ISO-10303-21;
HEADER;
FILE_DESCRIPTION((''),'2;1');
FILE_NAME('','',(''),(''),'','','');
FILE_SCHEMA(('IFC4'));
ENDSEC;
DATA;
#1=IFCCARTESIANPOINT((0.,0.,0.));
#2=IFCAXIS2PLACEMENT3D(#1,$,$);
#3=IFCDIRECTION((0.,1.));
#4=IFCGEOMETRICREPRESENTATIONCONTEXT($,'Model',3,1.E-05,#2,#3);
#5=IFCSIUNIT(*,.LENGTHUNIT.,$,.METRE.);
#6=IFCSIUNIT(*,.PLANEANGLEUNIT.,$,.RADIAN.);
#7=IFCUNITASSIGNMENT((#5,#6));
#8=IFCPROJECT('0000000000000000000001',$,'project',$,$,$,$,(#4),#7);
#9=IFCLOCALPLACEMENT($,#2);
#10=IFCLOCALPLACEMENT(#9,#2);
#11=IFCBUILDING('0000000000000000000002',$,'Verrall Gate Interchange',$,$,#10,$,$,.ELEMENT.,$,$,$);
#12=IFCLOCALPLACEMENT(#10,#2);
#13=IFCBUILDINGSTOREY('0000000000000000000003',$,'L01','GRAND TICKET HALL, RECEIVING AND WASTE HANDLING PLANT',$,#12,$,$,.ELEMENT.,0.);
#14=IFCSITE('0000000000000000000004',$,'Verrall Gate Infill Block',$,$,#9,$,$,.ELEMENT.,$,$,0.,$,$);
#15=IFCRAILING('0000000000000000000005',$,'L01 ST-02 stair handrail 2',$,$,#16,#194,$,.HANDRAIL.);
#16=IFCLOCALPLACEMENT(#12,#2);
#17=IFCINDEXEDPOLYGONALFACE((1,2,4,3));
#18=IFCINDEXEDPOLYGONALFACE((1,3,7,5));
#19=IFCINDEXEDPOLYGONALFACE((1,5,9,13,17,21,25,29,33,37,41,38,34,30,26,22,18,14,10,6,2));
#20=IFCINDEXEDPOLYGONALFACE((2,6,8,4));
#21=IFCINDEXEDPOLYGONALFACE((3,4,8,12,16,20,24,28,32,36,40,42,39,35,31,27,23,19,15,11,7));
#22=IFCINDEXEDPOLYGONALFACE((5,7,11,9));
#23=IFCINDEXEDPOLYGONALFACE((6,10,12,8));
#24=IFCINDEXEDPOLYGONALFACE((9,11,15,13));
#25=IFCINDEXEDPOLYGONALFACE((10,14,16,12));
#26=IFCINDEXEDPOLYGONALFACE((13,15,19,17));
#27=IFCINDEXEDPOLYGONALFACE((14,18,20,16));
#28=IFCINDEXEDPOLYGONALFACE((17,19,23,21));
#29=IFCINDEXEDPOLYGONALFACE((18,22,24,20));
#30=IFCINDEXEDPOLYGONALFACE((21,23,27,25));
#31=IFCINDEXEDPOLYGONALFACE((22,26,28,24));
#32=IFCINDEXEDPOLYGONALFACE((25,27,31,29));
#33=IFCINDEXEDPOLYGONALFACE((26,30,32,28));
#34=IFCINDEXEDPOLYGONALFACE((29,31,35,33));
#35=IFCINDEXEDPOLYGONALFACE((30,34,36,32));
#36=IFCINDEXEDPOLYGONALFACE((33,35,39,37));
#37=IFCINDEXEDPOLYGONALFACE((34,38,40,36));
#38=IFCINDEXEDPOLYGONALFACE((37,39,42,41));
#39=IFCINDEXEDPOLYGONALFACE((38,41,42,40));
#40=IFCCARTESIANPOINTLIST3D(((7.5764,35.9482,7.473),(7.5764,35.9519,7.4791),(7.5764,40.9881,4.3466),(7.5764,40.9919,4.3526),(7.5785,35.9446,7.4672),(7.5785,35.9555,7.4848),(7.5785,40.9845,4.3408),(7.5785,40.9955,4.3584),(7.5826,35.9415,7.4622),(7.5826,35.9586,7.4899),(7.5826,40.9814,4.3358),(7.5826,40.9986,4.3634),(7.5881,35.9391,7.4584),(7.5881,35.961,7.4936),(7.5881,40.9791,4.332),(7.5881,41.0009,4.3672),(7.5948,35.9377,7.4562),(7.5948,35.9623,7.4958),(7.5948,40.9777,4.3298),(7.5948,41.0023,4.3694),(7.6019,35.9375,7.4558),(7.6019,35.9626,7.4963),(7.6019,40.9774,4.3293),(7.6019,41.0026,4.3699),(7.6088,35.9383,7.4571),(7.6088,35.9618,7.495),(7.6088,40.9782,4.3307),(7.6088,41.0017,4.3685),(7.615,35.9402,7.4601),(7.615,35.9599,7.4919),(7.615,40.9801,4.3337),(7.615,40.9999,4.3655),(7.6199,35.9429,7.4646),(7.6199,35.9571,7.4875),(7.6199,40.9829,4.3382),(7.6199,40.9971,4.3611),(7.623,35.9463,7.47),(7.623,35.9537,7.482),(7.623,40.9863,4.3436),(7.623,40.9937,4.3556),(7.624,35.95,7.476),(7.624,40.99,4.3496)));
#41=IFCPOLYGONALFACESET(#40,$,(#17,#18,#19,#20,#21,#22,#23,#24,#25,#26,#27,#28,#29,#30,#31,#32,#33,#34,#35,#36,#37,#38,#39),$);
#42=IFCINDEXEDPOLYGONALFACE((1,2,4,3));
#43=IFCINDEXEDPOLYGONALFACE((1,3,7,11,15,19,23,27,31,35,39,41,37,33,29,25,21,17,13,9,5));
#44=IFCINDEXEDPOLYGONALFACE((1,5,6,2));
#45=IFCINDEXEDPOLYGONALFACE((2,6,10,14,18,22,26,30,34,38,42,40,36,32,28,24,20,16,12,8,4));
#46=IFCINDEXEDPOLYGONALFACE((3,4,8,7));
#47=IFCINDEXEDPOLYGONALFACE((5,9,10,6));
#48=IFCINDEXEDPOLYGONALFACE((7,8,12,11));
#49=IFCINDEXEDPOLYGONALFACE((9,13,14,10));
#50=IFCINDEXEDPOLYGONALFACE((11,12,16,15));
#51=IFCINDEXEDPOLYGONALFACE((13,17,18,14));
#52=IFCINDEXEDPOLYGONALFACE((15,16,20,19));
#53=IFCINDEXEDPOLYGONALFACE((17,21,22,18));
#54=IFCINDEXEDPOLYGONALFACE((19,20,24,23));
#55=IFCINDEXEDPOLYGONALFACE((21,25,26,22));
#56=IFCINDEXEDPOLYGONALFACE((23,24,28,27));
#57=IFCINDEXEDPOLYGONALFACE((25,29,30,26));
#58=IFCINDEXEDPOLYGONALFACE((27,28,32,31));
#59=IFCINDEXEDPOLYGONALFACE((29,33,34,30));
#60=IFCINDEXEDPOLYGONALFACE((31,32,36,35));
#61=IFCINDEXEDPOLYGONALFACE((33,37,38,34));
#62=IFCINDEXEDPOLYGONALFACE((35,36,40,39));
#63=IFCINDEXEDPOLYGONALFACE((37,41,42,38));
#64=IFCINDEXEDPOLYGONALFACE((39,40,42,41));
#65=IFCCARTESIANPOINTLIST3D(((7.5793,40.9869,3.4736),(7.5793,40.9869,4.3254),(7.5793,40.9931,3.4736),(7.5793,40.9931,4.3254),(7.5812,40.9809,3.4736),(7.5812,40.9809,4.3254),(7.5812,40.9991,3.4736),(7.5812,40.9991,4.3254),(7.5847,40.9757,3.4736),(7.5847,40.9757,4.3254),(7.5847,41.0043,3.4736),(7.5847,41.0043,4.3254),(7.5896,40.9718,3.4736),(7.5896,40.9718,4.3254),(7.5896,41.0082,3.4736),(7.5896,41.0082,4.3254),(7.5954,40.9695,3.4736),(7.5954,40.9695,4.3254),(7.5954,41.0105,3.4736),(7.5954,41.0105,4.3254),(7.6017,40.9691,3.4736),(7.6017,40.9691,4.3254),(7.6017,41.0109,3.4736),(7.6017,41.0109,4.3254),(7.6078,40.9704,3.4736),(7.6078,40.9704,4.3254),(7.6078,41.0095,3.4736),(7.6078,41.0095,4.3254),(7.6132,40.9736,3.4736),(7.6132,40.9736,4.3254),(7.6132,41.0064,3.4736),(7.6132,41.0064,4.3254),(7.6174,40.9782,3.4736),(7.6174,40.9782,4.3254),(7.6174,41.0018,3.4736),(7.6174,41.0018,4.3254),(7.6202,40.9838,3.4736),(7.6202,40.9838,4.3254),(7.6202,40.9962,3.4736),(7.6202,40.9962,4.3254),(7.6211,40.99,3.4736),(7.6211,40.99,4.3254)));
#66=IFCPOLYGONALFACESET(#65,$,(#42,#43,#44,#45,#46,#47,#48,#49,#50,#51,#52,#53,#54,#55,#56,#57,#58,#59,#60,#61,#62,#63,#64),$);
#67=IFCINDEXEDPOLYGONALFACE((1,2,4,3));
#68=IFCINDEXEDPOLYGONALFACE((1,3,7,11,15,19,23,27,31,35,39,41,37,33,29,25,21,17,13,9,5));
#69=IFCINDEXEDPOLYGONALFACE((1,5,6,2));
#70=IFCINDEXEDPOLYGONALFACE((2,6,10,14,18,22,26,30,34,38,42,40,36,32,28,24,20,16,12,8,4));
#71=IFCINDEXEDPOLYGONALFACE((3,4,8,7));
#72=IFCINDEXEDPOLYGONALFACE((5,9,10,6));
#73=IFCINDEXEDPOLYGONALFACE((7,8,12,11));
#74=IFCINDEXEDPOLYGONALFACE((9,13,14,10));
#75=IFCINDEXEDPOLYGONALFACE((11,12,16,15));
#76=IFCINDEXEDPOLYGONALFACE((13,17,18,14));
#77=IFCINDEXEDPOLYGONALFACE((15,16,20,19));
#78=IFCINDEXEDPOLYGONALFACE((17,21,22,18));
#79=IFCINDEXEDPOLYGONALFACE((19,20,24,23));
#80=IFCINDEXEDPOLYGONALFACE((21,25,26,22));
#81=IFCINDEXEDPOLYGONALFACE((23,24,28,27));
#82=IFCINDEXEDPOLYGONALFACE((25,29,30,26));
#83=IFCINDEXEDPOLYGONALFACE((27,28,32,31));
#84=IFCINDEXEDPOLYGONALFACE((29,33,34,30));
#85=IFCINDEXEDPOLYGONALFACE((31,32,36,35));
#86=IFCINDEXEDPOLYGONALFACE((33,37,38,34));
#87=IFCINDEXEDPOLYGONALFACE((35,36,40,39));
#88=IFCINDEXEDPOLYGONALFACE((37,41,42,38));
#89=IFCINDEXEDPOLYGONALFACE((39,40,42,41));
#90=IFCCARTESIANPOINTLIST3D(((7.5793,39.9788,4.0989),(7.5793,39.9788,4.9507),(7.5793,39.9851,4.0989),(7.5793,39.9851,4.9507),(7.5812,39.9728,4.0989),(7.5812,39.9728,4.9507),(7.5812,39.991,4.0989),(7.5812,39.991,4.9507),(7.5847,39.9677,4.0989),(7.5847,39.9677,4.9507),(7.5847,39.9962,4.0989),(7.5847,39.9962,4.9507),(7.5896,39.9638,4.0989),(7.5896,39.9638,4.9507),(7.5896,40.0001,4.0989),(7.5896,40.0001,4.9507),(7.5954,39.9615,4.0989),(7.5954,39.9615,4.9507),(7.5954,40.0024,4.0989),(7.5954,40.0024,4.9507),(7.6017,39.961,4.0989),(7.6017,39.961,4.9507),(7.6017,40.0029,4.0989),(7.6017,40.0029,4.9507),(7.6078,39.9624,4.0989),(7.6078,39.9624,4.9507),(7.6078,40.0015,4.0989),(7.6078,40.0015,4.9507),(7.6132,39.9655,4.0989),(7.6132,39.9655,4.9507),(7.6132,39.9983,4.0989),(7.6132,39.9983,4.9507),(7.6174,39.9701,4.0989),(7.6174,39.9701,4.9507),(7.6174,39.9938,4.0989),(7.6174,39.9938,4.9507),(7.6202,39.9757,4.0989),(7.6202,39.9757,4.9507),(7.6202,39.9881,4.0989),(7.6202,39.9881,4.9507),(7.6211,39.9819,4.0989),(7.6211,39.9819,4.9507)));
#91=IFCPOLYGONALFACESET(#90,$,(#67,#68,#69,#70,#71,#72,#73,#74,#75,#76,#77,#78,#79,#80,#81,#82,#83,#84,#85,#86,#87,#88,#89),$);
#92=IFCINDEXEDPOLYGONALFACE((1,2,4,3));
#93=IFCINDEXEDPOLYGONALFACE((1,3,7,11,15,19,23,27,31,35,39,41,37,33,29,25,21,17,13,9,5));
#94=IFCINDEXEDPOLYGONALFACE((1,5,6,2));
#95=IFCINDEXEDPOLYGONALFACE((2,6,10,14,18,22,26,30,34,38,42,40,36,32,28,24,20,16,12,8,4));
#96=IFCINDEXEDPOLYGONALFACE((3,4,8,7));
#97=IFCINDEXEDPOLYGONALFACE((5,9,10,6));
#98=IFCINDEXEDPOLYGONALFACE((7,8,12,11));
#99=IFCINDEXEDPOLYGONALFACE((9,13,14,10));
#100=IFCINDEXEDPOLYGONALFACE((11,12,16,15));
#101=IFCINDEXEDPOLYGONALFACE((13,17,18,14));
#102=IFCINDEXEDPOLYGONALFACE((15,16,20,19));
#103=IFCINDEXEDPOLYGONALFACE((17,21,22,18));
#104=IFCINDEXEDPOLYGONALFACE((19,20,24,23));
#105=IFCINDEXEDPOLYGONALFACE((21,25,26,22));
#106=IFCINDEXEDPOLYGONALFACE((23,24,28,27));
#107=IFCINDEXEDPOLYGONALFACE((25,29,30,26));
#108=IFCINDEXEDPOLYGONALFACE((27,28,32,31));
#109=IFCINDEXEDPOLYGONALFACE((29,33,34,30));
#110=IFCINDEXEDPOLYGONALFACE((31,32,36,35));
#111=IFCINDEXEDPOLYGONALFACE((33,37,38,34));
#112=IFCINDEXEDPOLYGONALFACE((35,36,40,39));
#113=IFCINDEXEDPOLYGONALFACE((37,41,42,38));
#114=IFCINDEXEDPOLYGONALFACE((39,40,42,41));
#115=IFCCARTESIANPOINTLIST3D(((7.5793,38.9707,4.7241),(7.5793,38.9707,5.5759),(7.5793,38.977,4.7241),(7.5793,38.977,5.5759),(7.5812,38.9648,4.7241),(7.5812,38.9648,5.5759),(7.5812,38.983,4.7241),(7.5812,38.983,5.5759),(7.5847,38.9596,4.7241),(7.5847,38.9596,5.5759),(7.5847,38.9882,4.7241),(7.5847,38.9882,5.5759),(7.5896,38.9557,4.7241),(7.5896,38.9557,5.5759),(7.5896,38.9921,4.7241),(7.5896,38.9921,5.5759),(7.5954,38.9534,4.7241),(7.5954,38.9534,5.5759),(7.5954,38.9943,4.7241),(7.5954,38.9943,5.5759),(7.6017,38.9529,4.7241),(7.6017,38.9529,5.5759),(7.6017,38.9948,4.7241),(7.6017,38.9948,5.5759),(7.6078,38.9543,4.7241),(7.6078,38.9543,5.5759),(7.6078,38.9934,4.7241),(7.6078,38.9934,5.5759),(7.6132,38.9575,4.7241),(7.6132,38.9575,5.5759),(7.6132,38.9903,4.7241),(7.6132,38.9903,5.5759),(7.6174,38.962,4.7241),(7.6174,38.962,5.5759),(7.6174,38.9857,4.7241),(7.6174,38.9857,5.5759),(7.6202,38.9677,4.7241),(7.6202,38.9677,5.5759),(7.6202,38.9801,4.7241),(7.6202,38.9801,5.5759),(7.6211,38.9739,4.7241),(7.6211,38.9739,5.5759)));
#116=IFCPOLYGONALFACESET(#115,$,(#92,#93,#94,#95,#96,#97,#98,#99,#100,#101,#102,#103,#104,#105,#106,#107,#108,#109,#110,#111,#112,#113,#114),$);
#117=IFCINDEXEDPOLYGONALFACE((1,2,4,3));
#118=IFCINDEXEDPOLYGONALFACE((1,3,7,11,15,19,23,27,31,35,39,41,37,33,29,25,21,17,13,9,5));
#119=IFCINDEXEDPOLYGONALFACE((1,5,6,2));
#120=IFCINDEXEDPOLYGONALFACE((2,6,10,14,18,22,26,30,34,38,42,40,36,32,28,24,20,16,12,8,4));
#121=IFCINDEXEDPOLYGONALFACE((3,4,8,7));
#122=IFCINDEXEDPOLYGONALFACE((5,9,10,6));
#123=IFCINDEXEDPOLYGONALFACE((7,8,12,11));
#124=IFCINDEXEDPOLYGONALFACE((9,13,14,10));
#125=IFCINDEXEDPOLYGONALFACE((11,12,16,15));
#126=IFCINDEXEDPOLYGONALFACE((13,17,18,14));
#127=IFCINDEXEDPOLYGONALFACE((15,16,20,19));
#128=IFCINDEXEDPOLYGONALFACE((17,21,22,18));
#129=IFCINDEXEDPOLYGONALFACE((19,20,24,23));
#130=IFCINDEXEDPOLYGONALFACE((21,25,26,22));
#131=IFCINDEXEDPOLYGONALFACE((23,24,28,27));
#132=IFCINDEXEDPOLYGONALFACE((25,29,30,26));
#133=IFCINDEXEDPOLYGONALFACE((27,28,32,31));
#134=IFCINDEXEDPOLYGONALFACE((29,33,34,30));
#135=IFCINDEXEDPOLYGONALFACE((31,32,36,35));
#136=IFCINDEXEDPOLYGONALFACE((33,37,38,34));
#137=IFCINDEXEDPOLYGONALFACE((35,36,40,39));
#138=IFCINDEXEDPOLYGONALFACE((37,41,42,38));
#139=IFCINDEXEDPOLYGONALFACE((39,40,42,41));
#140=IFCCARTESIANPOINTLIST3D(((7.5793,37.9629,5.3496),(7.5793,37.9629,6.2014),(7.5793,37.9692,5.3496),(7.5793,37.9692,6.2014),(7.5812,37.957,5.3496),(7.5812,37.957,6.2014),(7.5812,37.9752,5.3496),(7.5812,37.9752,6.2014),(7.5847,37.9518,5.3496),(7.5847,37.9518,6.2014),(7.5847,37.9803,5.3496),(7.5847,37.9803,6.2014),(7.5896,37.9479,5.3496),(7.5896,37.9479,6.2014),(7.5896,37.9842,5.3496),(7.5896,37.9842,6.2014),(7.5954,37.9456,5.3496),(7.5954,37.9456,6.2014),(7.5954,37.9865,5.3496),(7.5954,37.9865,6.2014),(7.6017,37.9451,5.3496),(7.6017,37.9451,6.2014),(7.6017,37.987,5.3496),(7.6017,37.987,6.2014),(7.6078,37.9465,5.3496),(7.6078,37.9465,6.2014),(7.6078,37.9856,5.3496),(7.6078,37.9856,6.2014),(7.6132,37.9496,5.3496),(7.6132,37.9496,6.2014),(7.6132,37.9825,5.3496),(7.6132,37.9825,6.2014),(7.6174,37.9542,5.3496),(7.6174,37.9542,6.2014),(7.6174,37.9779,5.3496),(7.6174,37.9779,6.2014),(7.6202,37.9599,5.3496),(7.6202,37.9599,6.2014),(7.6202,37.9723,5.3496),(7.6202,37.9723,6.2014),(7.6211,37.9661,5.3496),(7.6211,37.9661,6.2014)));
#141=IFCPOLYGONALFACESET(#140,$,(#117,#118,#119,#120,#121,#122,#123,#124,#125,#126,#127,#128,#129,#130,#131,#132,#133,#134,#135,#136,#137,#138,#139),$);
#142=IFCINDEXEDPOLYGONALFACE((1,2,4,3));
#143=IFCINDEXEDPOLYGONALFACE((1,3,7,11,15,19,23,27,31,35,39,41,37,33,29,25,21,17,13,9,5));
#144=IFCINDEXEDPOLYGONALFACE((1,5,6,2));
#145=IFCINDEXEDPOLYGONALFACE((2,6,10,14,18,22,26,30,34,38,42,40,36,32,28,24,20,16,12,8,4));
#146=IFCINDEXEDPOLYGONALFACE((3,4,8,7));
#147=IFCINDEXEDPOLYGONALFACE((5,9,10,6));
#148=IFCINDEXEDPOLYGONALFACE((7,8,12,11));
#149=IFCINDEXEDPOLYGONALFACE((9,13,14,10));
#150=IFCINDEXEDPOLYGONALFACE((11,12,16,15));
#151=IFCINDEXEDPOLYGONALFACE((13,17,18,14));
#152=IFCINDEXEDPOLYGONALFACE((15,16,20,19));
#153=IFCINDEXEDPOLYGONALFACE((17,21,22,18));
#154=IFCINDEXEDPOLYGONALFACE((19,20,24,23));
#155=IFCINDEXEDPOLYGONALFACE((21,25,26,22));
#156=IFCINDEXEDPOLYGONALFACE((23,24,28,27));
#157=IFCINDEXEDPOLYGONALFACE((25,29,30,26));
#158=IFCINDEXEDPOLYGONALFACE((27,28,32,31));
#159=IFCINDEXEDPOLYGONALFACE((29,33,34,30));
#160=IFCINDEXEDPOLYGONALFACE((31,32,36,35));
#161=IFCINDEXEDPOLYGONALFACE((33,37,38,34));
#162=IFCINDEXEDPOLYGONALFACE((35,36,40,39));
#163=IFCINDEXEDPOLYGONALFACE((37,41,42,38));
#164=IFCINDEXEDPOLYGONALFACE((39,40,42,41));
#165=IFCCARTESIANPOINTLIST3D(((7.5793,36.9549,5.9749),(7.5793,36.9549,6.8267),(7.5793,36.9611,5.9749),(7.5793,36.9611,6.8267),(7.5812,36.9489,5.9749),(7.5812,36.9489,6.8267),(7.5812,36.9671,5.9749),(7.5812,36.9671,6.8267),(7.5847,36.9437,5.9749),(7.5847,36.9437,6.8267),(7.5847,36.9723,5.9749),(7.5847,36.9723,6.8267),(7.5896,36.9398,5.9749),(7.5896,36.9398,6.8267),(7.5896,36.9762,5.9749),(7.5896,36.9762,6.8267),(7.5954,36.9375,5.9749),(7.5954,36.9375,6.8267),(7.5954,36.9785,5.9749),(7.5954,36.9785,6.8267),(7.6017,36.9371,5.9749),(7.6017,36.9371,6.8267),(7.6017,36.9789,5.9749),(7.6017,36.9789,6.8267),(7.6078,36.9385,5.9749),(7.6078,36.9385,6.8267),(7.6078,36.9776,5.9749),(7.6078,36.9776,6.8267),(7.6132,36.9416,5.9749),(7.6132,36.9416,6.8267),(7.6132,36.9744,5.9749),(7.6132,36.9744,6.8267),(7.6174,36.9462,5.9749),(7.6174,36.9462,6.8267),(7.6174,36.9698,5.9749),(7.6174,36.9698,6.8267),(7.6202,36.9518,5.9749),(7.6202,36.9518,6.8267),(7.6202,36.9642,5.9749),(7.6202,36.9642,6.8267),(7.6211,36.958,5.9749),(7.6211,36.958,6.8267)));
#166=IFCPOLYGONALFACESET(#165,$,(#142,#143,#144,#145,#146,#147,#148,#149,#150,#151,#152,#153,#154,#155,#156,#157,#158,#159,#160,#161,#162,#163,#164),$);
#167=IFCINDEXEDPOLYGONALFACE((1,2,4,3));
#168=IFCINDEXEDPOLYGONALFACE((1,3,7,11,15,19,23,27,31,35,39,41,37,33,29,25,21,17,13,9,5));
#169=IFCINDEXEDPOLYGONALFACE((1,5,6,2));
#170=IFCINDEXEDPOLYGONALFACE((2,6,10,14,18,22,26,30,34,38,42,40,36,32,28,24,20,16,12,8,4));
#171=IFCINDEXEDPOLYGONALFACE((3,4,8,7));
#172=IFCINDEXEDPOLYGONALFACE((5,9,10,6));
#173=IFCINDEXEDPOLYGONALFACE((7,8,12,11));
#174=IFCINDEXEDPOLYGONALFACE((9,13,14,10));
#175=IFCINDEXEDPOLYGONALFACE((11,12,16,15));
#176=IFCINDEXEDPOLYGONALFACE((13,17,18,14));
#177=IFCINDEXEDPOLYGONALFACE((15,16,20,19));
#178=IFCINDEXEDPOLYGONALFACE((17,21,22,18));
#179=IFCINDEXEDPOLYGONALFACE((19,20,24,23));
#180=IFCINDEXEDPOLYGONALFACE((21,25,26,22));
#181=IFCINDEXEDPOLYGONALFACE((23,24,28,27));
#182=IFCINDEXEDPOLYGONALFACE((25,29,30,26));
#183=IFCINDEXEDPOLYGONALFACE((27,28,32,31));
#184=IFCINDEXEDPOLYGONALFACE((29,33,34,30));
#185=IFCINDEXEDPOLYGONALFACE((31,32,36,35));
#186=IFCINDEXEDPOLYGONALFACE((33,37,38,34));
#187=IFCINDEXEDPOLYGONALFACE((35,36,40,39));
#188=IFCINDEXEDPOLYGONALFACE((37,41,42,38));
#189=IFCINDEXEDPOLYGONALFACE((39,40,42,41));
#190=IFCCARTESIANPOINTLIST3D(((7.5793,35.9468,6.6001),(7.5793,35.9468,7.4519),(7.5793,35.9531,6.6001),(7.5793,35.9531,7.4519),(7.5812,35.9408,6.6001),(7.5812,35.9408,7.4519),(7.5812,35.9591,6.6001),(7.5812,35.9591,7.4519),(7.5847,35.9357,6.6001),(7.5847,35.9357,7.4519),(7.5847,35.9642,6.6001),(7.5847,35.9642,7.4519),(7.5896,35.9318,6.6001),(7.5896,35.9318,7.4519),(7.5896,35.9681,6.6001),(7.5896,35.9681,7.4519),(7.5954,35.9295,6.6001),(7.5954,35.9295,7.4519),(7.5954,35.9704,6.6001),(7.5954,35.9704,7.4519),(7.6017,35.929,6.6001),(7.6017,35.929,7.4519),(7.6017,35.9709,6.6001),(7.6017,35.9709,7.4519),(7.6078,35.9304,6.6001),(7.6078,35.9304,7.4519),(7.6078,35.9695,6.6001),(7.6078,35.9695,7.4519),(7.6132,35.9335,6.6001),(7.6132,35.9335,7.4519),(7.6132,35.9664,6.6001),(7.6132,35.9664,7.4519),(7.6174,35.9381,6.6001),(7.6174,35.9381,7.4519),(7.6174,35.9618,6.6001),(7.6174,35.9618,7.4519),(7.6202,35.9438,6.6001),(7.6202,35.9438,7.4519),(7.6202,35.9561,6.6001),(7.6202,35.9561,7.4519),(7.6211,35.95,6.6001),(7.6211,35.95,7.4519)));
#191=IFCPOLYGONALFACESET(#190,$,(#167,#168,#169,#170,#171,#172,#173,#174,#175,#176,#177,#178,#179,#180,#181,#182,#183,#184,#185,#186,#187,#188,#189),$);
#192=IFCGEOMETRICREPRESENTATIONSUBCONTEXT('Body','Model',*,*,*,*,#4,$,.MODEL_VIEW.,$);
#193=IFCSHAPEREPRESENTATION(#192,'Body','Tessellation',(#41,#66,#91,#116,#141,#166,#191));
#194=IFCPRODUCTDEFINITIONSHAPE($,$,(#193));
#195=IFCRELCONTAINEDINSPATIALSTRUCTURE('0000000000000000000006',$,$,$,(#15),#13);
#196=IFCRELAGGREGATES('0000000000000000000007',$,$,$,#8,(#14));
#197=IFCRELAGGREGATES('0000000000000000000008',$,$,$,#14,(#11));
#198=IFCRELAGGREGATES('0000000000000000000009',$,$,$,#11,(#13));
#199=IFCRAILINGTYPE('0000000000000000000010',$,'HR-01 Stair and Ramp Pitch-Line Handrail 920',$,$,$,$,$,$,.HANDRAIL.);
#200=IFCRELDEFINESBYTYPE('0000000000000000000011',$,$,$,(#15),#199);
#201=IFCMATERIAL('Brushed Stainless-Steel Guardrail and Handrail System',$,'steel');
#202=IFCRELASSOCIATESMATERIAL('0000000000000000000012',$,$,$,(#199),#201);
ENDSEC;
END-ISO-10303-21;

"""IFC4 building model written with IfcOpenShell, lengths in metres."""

from ifc_helpers import new_model, si_unit, direction, frame, origin, origin_2d, place, context, subcontext, project, spatial, circle, extrude, material, type_object, element, save


model = new_model("IFC4")

# Units and contexts
model_context = context("Model", 3, precision=1e-05, world=origin(), true_north=direction((0.0, 1.0)))
body_context = subcontext(model_context, "Body", "Model", "MODEL_VIEW")
ifc_project = project(units=[si_unit("LENGTHUNIT", "METRE"), si_unit("PLANEANGLEUNIT", "RADIAN")], contexts=[model_context])

# Site, building, storey
site_placement = place(None, origin())
site = spatial("IfcSite", under=ifc_project, at=site_placement, Name="Verrall Gate Infill Block", CompositionType="ELEMENT", RefElevation=0.0)
building_placement = place(site_placement, origin())
building = spatial("IfcBuilding", under=site, at=building_placement, Name="Verrall Gate Interchange", CompositionType="ELEMENT")
storey_placement = place(building_placement, origin())
storey = spatial("IfcBuildingStorey", under=building, at=storey_placement, Name="L01", Description="GRAND TICKET HALL, RECEIVING AND WASTE HANDLING PLANT", CompositionType="ELEMENT", Elevation=0.0)

# Railing
ifc_material_1 = material(Name="Brushed Stainless-Steel Guardrail and Handrail System", Category="steel")
railing_type_1 = type_object("IfcRailingType", Name="HR-01 Stair and Ramp Pitch-Line Handrail 920", PredefinedType="HANDRAIL", material=ifc_material_1)
railing_1_placement = place(storey_placement, frame((7.6001, 40.99, 3.4736)))
element("IfcRailing", 1, at=railing_1_placement, inside=storey, type_object=railing_type_1, Name="L01 ST-02 stair handrail 2", PredefinedType="HANDRAIL", context=body_context, shape_type="SweptSolid", body=[
    extrude(circle(Radius=0.0239, at=origin_2d()), frame((0.0, 0.0, 0.876), z_axis=(0.0, -0.849779, 0.527139), x_axis=(1.0, 0.0, 0.0)), (0.0, 0.0, 1.0), 5.9309),
    extrude(circle(Radius=0.021, at=origin_2d()), origin(), (0.0, 0.0, 1.0), 0.8518),
    extrude(circle(Radius=0.021, at=origin_2d()), frame((0.0, -1.0081, 0.6252)), (0.0, 0.0, 1.0), 0.8518),
    extrude(circle(Radius=0.021, at=origin_2d()), frame((0.0, -2.0161, 1.2505)), (0.0, 0.0, 1.0), 0.8518),
    extrude(circle(Radius=0.021, at=origin_2d()), frame((0.0, -3.0239, 1.876)), (0.0, 0.0, 1.0), 0.8518),
    extrude(circle(Radius=0.021, at=origin_2d()), frame((0.0, -4.032, 2.5012)), (0.0, 0.0, 1.0), 0.8518),
    extrude(circle(Radius=0.021, at=origin_2d()), frame((0.0, -5.04, 3.1265)), (0.0, 0.0, 1.0), 0.8518),
])

save(model, "model.ifc")
